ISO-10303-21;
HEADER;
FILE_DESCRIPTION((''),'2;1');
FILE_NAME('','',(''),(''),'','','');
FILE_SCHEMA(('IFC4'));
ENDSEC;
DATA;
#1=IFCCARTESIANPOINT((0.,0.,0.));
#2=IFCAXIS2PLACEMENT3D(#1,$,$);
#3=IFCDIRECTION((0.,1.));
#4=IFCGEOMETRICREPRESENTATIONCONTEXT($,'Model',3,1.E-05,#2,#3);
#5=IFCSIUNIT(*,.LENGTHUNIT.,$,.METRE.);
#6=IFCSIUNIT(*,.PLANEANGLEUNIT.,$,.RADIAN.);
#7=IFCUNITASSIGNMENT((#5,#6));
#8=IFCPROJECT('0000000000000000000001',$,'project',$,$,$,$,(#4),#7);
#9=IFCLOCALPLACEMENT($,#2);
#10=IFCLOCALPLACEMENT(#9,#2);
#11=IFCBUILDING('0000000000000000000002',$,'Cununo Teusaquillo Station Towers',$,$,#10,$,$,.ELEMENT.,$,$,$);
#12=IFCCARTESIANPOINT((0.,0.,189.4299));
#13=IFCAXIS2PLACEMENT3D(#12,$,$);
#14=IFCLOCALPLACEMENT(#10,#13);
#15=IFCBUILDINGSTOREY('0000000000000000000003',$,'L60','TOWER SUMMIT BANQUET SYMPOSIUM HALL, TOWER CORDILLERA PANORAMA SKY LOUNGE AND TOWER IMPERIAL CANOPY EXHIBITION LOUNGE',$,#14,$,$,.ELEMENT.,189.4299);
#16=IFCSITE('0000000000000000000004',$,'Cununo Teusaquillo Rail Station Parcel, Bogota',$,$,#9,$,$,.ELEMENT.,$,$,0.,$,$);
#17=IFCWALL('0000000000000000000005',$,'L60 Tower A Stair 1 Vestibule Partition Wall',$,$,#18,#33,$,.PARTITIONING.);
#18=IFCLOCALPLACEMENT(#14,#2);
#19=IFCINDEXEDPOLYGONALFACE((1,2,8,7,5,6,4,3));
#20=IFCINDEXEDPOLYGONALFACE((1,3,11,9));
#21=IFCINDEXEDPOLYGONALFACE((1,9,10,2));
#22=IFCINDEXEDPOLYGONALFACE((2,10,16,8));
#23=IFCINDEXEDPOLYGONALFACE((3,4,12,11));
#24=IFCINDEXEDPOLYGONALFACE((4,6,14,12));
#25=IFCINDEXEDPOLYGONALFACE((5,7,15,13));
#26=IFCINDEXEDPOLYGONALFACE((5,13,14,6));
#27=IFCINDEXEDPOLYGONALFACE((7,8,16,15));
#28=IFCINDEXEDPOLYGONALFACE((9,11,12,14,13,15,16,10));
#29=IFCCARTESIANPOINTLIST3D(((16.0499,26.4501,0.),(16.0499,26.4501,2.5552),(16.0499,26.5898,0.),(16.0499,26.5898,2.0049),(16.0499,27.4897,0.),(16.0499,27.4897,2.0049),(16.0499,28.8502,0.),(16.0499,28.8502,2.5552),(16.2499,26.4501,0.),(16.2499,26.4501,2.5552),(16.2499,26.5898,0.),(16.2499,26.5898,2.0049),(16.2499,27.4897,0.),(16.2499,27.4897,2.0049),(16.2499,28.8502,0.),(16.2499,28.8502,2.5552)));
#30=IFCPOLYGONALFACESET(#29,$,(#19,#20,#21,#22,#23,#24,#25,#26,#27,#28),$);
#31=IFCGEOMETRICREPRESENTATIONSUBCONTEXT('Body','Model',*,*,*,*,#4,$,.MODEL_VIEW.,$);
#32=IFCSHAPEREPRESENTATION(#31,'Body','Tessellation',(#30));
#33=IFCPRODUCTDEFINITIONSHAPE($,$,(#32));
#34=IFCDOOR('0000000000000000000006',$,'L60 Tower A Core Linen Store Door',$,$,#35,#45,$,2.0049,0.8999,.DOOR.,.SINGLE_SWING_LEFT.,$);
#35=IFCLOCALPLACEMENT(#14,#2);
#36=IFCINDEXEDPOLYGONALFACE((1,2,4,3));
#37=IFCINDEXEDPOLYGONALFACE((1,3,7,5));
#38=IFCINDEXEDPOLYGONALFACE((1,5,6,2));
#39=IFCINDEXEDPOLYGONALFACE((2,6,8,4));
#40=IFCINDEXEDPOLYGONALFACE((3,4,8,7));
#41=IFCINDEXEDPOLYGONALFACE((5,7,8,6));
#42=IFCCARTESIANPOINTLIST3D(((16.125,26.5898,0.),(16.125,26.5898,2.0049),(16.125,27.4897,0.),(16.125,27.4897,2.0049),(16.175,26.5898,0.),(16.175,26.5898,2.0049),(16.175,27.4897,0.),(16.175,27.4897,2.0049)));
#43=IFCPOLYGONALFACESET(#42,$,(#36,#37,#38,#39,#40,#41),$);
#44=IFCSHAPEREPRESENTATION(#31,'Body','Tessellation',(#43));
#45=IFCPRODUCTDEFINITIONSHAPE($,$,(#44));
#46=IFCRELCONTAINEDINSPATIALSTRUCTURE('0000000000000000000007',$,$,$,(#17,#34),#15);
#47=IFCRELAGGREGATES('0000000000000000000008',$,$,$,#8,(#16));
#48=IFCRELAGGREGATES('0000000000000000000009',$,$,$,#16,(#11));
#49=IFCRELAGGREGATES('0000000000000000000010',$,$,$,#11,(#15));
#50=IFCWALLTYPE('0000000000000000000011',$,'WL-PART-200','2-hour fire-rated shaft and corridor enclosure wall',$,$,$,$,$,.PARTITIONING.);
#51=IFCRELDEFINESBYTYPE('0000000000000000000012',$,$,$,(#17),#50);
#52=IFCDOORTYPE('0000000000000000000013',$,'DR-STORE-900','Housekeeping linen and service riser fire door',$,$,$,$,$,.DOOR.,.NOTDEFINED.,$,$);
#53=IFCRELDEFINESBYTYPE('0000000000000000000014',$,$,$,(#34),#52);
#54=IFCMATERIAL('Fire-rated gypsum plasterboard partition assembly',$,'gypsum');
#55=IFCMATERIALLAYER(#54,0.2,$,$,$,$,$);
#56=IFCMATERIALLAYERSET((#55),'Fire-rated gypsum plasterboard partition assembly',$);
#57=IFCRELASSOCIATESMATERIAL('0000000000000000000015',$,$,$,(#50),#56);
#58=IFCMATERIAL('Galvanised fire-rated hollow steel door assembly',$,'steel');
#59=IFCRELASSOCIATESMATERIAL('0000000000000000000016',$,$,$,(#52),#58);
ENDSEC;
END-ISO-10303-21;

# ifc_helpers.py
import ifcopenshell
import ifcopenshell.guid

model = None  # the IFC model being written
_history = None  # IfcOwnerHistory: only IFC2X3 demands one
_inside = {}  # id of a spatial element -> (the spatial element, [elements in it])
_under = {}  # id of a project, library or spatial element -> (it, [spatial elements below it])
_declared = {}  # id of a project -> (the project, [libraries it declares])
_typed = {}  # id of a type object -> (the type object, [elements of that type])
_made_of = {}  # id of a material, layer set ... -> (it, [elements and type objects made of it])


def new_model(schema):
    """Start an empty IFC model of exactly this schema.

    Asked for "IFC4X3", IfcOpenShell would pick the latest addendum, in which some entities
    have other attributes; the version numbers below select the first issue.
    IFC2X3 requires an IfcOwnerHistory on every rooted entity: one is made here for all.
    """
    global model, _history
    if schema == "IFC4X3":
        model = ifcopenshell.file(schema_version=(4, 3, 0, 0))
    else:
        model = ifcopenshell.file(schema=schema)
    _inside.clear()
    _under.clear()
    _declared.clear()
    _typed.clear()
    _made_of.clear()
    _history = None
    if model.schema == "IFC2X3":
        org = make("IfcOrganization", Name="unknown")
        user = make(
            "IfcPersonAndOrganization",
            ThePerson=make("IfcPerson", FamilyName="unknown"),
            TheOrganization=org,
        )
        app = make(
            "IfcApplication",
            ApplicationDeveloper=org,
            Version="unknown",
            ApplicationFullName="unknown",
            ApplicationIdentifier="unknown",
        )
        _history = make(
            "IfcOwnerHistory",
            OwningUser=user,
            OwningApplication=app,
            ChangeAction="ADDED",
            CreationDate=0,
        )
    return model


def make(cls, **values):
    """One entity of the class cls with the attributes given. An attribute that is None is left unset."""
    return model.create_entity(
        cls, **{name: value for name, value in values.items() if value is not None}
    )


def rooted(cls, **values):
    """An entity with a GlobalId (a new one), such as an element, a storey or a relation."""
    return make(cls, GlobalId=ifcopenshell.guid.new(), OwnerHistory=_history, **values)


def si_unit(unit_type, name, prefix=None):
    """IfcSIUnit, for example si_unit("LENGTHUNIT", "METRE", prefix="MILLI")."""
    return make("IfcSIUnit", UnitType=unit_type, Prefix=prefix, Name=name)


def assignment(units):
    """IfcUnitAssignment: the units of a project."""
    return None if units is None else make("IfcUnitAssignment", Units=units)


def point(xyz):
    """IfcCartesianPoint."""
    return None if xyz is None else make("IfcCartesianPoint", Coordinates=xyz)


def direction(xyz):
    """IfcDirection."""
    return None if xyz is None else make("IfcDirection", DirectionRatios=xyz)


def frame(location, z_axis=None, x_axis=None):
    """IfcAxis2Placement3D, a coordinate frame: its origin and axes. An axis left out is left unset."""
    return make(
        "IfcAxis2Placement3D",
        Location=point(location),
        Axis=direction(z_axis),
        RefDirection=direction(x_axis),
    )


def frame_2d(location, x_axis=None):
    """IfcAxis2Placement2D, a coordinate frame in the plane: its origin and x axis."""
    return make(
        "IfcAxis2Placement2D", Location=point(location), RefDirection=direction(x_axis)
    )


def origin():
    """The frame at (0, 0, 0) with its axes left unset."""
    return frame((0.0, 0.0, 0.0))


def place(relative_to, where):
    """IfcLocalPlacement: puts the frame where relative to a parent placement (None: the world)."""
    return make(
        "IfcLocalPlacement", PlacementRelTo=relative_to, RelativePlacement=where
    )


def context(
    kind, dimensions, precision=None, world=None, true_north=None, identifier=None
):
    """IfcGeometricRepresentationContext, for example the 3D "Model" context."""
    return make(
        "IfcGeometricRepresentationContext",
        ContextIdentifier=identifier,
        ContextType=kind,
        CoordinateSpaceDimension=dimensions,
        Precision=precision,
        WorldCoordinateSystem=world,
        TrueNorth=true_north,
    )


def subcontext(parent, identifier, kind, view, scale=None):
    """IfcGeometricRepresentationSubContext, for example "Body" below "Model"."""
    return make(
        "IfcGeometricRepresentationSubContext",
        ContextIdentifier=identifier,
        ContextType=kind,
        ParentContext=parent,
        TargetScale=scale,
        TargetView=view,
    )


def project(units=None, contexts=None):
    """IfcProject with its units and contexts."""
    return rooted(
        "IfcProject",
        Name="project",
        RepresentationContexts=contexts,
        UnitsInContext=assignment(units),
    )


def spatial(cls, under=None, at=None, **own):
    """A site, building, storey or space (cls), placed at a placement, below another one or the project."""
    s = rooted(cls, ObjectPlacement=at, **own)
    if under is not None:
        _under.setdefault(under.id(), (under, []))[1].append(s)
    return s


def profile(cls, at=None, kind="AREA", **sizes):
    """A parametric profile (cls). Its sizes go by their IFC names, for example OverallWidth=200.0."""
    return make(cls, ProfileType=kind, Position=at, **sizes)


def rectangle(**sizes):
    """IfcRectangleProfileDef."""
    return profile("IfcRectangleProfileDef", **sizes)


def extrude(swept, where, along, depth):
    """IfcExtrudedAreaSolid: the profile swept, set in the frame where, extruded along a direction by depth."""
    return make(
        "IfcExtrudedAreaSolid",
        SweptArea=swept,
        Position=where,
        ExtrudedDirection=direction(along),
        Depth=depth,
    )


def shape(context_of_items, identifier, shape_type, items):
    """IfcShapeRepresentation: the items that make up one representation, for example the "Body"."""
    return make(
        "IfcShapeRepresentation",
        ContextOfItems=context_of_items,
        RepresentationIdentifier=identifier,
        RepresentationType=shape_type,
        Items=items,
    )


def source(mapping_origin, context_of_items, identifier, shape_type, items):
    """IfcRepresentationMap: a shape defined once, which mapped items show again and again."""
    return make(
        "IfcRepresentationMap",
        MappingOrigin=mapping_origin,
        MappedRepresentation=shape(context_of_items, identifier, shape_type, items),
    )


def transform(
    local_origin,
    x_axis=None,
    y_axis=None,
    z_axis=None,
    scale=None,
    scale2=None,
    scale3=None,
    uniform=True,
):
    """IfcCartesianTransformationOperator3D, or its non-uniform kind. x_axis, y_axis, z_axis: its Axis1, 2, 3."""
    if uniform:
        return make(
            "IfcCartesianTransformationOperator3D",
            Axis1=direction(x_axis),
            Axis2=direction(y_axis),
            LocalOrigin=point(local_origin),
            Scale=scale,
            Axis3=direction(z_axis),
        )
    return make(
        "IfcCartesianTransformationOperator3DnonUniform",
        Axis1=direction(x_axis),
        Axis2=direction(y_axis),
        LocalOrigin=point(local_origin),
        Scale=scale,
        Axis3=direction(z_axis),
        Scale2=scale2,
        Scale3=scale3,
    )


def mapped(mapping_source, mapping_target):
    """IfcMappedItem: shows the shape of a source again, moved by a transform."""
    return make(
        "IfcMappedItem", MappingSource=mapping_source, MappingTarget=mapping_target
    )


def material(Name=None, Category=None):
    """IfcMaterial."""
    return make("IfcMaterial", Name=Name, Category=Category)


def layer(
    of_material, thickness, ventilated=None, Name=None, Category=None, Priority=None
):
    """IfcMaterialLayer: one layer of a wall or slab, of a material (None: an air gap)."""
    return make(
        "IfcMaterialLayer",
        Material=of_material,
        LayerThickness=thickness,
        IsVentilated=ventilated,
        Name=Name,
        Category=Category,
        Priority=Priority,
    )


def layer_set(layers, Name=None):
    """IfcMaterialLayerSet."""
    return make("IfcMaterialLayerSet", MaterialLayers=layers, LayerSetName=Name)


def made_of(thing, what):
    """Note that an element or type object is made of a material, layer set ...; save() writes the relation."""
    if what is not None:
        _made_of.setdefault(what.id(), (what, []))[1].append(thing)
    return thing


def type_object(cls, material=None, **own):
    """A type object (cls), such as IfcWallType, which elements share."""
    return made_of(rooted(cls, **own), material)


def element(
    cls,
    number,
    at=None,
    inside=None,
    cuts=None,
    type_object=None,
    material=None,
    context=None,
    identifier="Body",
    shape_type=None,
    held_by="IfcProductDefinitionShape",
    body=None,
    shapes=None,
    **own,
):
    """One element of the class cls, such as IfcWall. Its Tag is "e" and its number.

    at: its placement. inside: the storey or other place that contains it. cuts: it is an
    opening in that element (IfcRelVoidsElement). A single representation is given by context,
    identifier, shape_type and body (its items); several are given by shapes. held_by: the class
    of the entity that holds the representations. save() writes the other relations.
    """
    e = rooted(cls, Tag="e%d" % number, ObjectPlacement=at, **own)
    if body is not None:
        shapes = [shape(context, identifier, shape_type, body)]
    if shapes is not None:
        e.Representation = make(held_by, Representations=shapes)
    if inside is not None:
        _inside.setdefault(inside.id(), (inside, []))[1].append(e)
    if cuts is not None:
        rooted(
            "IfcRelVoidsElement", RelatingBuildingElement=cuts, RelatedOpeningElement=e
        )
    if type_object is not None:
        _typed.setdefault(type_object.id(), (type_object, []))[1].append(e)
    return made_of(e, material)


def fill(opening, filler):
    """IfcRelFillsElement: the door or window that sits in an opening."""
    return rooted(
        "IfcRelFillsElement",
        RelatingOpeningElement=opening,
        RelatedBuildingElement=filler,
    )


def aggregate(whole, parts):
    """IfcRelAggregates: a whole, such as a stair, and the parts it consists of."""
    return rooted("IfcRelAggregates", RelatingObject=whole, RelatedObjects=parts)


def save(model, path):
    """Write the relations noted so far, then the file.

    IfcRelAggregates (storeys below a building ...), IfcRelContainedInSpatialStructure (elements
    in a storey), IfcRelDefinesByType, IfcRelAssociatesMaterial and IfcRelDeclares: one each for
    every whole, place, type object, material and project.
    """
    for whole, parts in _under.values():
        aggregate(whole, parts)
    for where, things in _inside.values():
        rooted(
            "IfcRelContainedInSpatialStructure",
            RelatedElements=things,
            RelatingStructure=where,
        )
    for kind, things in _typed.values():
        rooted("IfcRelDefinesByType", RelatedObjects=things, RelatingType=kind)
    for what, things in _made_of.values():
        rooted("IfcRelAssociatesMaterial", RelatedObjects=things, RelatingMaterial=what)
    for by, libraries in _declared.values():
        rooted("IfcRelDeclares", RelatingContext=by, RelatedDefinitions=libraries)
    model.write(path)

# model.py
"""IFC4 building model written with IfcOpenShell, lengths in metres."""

from ifc_helpers import new_model, si_unit, direction, frame, frame_2d, origin, place, context, subcontext, project, spatial, rectangle, extrude, source, transform, mapped, material, layer, layer_set, type_object, element, fill, save


model = new_model("IFC4")

# Units and contexts
model_context = context("Model", 3, precision=1e-05, world=origin(), true_north=direction((0.0, 1.0)))
body_context = subcontext(model_context, "Body", "Model", "MODEL_VIEW")
ifc_project = project(units=[si_unit("LENGTHUNIT", "METRE"), si_unit("PLANEANGLEUNIT", "RADIAN")], contexts=[model_context])

# Site, building, storey
site_placement = place(None, origin())
site = spatial("IfcSite", under=ifc_project, at=site_placement, Name="Cununo Teusaquillo Rail Station Parcel, Bogota", CompositionType="ELEMENT", RefElevation=0.0)
building_placement = place(site_placement, origin())
building = spatial("IfcBuilding", under=site, at=building_placement, Name="Cununo Teusaquillo Station Towers", CompositionType="ELEMENT")
storey_placement = place(building_placement, frame((0.0, 0.0, 189.4299)))
storey = spatial("IfcBuildingStorey", under=building, at=storey_placement, Name="L60", Description="TOWER SUMMIT BANQUET SYMPOSIUM HALL, TOWER CORDILLERA PANORAMA SKY LOUNGE AND TOWER IMPERIAL CANOPY EXHIBITION LOUNGE", CompositionType="ELEMENT", Elevation=189.4299)

# Wall, opening, door
shared_shape_1 = source(origin(), body_context, "Body", "SweptSolid", [
    extrude(rectangle(XDim=0.8999, YDim=2.0049, at=frame_2d((0.45, 1.0024))), frame((0.0, 0.0249, 0.0), z_axis=(0.0, -1.0, 0.0), x_axis=(1.0, 0.0, 0.0)), (0.0, 0.0, 1.0), 0.05),
])
ifc_material_1 = material(Name="Fire-rated gypsum plasterboard partition assembly", Category="gypsum")
ifc_layer_1 = layer(ifc_material_1, 0.2)
ifc_layer_set_1 = layer_set([ifc_layer_1], Name="Fire-rated gypsum plasterboard partition assembly")
wall_type_1 = type_object("IfcWallType", Name="WL-PART-200", Description="2-hour fire-rated shaft and corridor enclosure wall", PredefinedType="PARTITIONING", material=ifc_layer_set_1)
wall_1_placement = place(storey_placement, frame((16.1499, 26.45, 0.0), z_axis=(0.0, 0.0, 1.0), x_axis=(0.0, 1.0, 0.0)))
wall_1 = element("IfcWall", 1, at=wall_1_placement, inside=storey, type_object=wall_type_1, Name="L60 Tower A Stair 1 Vestibule Partition Wall", PredefinedType="PARTITIONING", context=body_context, shape_type="SweptSolid", body=[
    extrude(rectangle(XDim=2.4001, YDim=0.2, at=frame_2d((1.2002, 0.0))), origin(), (0.0, 0.0, 1.0), 2.5552),
])
shared_shape_2 = source(origin(), body_context, "Body", "SweptSolid", [
    extrude(rectangle(XDim=0.8999, YDim=2.0049, at=frame_2d((0.45, 1.0024))), frame((0.0, 0.1099, 0.0), z_axis=(0.0, -1.0, 0.0), x_axis=(1.0, 0.0, 0.0)), (0.0, 0.0, 1.0), 0.22),
])
opening_1_placement = place(wall_1_placement, frame((0.1399, 0.0, 0.0)))
opening_1 = element("IfcOpeningElement", 2, at=opening_1_placement, cuts=wall_1, PredefinedType="OPENING", context=body_context, shape_type="MappedRepresentation", body=[
    mapped(shared_shape_2, transform((0.0, 0.0, 0.0), x_axis=(1.0, 0.0, 0.0), y_axis=(0.0, 1.0, 0.0), z_axis=(0.0, 0.0, 1.0), scale=1.0)),
])
ifc_material_2 = material(Name="Galvanised fire-rated hollow steel door assembly", Category="steel")
door_type_1 = type_object("IfcDoorType", Name="DR-STORE-900", Description="Housekeeping linen and service riser fire door", OperationType="NOTDEFINED", PredefinedType="DOOR", material=ifc_material_2)
door_1_placement = place(opening_1_placement, origin())
door_1 = element("IfcDoor", 3, at=door_1_placement, inside=storey, type_object=door_type_1, Name="L60 Tower A Core Linen Store Door", OperationType="SINGLE_SWING_LEFT", OverallHeight=2.0049, OverallWidth=0.8999, PredefinedType="DOOR", context=body_context, shape_type="MappedRepresentation", body=[
    mapped(shared_shape_1, transform((0.0, 0.0, 0.0), x_axis=(1.0, 0.0, 0.0), y_axis=(0.0, 1.0, 0.0), z_axis=(0.0, 0.0, 1.0), scale=1.0)),
])
fill(opening_1, door_1)

save(model, "model.ifc")
